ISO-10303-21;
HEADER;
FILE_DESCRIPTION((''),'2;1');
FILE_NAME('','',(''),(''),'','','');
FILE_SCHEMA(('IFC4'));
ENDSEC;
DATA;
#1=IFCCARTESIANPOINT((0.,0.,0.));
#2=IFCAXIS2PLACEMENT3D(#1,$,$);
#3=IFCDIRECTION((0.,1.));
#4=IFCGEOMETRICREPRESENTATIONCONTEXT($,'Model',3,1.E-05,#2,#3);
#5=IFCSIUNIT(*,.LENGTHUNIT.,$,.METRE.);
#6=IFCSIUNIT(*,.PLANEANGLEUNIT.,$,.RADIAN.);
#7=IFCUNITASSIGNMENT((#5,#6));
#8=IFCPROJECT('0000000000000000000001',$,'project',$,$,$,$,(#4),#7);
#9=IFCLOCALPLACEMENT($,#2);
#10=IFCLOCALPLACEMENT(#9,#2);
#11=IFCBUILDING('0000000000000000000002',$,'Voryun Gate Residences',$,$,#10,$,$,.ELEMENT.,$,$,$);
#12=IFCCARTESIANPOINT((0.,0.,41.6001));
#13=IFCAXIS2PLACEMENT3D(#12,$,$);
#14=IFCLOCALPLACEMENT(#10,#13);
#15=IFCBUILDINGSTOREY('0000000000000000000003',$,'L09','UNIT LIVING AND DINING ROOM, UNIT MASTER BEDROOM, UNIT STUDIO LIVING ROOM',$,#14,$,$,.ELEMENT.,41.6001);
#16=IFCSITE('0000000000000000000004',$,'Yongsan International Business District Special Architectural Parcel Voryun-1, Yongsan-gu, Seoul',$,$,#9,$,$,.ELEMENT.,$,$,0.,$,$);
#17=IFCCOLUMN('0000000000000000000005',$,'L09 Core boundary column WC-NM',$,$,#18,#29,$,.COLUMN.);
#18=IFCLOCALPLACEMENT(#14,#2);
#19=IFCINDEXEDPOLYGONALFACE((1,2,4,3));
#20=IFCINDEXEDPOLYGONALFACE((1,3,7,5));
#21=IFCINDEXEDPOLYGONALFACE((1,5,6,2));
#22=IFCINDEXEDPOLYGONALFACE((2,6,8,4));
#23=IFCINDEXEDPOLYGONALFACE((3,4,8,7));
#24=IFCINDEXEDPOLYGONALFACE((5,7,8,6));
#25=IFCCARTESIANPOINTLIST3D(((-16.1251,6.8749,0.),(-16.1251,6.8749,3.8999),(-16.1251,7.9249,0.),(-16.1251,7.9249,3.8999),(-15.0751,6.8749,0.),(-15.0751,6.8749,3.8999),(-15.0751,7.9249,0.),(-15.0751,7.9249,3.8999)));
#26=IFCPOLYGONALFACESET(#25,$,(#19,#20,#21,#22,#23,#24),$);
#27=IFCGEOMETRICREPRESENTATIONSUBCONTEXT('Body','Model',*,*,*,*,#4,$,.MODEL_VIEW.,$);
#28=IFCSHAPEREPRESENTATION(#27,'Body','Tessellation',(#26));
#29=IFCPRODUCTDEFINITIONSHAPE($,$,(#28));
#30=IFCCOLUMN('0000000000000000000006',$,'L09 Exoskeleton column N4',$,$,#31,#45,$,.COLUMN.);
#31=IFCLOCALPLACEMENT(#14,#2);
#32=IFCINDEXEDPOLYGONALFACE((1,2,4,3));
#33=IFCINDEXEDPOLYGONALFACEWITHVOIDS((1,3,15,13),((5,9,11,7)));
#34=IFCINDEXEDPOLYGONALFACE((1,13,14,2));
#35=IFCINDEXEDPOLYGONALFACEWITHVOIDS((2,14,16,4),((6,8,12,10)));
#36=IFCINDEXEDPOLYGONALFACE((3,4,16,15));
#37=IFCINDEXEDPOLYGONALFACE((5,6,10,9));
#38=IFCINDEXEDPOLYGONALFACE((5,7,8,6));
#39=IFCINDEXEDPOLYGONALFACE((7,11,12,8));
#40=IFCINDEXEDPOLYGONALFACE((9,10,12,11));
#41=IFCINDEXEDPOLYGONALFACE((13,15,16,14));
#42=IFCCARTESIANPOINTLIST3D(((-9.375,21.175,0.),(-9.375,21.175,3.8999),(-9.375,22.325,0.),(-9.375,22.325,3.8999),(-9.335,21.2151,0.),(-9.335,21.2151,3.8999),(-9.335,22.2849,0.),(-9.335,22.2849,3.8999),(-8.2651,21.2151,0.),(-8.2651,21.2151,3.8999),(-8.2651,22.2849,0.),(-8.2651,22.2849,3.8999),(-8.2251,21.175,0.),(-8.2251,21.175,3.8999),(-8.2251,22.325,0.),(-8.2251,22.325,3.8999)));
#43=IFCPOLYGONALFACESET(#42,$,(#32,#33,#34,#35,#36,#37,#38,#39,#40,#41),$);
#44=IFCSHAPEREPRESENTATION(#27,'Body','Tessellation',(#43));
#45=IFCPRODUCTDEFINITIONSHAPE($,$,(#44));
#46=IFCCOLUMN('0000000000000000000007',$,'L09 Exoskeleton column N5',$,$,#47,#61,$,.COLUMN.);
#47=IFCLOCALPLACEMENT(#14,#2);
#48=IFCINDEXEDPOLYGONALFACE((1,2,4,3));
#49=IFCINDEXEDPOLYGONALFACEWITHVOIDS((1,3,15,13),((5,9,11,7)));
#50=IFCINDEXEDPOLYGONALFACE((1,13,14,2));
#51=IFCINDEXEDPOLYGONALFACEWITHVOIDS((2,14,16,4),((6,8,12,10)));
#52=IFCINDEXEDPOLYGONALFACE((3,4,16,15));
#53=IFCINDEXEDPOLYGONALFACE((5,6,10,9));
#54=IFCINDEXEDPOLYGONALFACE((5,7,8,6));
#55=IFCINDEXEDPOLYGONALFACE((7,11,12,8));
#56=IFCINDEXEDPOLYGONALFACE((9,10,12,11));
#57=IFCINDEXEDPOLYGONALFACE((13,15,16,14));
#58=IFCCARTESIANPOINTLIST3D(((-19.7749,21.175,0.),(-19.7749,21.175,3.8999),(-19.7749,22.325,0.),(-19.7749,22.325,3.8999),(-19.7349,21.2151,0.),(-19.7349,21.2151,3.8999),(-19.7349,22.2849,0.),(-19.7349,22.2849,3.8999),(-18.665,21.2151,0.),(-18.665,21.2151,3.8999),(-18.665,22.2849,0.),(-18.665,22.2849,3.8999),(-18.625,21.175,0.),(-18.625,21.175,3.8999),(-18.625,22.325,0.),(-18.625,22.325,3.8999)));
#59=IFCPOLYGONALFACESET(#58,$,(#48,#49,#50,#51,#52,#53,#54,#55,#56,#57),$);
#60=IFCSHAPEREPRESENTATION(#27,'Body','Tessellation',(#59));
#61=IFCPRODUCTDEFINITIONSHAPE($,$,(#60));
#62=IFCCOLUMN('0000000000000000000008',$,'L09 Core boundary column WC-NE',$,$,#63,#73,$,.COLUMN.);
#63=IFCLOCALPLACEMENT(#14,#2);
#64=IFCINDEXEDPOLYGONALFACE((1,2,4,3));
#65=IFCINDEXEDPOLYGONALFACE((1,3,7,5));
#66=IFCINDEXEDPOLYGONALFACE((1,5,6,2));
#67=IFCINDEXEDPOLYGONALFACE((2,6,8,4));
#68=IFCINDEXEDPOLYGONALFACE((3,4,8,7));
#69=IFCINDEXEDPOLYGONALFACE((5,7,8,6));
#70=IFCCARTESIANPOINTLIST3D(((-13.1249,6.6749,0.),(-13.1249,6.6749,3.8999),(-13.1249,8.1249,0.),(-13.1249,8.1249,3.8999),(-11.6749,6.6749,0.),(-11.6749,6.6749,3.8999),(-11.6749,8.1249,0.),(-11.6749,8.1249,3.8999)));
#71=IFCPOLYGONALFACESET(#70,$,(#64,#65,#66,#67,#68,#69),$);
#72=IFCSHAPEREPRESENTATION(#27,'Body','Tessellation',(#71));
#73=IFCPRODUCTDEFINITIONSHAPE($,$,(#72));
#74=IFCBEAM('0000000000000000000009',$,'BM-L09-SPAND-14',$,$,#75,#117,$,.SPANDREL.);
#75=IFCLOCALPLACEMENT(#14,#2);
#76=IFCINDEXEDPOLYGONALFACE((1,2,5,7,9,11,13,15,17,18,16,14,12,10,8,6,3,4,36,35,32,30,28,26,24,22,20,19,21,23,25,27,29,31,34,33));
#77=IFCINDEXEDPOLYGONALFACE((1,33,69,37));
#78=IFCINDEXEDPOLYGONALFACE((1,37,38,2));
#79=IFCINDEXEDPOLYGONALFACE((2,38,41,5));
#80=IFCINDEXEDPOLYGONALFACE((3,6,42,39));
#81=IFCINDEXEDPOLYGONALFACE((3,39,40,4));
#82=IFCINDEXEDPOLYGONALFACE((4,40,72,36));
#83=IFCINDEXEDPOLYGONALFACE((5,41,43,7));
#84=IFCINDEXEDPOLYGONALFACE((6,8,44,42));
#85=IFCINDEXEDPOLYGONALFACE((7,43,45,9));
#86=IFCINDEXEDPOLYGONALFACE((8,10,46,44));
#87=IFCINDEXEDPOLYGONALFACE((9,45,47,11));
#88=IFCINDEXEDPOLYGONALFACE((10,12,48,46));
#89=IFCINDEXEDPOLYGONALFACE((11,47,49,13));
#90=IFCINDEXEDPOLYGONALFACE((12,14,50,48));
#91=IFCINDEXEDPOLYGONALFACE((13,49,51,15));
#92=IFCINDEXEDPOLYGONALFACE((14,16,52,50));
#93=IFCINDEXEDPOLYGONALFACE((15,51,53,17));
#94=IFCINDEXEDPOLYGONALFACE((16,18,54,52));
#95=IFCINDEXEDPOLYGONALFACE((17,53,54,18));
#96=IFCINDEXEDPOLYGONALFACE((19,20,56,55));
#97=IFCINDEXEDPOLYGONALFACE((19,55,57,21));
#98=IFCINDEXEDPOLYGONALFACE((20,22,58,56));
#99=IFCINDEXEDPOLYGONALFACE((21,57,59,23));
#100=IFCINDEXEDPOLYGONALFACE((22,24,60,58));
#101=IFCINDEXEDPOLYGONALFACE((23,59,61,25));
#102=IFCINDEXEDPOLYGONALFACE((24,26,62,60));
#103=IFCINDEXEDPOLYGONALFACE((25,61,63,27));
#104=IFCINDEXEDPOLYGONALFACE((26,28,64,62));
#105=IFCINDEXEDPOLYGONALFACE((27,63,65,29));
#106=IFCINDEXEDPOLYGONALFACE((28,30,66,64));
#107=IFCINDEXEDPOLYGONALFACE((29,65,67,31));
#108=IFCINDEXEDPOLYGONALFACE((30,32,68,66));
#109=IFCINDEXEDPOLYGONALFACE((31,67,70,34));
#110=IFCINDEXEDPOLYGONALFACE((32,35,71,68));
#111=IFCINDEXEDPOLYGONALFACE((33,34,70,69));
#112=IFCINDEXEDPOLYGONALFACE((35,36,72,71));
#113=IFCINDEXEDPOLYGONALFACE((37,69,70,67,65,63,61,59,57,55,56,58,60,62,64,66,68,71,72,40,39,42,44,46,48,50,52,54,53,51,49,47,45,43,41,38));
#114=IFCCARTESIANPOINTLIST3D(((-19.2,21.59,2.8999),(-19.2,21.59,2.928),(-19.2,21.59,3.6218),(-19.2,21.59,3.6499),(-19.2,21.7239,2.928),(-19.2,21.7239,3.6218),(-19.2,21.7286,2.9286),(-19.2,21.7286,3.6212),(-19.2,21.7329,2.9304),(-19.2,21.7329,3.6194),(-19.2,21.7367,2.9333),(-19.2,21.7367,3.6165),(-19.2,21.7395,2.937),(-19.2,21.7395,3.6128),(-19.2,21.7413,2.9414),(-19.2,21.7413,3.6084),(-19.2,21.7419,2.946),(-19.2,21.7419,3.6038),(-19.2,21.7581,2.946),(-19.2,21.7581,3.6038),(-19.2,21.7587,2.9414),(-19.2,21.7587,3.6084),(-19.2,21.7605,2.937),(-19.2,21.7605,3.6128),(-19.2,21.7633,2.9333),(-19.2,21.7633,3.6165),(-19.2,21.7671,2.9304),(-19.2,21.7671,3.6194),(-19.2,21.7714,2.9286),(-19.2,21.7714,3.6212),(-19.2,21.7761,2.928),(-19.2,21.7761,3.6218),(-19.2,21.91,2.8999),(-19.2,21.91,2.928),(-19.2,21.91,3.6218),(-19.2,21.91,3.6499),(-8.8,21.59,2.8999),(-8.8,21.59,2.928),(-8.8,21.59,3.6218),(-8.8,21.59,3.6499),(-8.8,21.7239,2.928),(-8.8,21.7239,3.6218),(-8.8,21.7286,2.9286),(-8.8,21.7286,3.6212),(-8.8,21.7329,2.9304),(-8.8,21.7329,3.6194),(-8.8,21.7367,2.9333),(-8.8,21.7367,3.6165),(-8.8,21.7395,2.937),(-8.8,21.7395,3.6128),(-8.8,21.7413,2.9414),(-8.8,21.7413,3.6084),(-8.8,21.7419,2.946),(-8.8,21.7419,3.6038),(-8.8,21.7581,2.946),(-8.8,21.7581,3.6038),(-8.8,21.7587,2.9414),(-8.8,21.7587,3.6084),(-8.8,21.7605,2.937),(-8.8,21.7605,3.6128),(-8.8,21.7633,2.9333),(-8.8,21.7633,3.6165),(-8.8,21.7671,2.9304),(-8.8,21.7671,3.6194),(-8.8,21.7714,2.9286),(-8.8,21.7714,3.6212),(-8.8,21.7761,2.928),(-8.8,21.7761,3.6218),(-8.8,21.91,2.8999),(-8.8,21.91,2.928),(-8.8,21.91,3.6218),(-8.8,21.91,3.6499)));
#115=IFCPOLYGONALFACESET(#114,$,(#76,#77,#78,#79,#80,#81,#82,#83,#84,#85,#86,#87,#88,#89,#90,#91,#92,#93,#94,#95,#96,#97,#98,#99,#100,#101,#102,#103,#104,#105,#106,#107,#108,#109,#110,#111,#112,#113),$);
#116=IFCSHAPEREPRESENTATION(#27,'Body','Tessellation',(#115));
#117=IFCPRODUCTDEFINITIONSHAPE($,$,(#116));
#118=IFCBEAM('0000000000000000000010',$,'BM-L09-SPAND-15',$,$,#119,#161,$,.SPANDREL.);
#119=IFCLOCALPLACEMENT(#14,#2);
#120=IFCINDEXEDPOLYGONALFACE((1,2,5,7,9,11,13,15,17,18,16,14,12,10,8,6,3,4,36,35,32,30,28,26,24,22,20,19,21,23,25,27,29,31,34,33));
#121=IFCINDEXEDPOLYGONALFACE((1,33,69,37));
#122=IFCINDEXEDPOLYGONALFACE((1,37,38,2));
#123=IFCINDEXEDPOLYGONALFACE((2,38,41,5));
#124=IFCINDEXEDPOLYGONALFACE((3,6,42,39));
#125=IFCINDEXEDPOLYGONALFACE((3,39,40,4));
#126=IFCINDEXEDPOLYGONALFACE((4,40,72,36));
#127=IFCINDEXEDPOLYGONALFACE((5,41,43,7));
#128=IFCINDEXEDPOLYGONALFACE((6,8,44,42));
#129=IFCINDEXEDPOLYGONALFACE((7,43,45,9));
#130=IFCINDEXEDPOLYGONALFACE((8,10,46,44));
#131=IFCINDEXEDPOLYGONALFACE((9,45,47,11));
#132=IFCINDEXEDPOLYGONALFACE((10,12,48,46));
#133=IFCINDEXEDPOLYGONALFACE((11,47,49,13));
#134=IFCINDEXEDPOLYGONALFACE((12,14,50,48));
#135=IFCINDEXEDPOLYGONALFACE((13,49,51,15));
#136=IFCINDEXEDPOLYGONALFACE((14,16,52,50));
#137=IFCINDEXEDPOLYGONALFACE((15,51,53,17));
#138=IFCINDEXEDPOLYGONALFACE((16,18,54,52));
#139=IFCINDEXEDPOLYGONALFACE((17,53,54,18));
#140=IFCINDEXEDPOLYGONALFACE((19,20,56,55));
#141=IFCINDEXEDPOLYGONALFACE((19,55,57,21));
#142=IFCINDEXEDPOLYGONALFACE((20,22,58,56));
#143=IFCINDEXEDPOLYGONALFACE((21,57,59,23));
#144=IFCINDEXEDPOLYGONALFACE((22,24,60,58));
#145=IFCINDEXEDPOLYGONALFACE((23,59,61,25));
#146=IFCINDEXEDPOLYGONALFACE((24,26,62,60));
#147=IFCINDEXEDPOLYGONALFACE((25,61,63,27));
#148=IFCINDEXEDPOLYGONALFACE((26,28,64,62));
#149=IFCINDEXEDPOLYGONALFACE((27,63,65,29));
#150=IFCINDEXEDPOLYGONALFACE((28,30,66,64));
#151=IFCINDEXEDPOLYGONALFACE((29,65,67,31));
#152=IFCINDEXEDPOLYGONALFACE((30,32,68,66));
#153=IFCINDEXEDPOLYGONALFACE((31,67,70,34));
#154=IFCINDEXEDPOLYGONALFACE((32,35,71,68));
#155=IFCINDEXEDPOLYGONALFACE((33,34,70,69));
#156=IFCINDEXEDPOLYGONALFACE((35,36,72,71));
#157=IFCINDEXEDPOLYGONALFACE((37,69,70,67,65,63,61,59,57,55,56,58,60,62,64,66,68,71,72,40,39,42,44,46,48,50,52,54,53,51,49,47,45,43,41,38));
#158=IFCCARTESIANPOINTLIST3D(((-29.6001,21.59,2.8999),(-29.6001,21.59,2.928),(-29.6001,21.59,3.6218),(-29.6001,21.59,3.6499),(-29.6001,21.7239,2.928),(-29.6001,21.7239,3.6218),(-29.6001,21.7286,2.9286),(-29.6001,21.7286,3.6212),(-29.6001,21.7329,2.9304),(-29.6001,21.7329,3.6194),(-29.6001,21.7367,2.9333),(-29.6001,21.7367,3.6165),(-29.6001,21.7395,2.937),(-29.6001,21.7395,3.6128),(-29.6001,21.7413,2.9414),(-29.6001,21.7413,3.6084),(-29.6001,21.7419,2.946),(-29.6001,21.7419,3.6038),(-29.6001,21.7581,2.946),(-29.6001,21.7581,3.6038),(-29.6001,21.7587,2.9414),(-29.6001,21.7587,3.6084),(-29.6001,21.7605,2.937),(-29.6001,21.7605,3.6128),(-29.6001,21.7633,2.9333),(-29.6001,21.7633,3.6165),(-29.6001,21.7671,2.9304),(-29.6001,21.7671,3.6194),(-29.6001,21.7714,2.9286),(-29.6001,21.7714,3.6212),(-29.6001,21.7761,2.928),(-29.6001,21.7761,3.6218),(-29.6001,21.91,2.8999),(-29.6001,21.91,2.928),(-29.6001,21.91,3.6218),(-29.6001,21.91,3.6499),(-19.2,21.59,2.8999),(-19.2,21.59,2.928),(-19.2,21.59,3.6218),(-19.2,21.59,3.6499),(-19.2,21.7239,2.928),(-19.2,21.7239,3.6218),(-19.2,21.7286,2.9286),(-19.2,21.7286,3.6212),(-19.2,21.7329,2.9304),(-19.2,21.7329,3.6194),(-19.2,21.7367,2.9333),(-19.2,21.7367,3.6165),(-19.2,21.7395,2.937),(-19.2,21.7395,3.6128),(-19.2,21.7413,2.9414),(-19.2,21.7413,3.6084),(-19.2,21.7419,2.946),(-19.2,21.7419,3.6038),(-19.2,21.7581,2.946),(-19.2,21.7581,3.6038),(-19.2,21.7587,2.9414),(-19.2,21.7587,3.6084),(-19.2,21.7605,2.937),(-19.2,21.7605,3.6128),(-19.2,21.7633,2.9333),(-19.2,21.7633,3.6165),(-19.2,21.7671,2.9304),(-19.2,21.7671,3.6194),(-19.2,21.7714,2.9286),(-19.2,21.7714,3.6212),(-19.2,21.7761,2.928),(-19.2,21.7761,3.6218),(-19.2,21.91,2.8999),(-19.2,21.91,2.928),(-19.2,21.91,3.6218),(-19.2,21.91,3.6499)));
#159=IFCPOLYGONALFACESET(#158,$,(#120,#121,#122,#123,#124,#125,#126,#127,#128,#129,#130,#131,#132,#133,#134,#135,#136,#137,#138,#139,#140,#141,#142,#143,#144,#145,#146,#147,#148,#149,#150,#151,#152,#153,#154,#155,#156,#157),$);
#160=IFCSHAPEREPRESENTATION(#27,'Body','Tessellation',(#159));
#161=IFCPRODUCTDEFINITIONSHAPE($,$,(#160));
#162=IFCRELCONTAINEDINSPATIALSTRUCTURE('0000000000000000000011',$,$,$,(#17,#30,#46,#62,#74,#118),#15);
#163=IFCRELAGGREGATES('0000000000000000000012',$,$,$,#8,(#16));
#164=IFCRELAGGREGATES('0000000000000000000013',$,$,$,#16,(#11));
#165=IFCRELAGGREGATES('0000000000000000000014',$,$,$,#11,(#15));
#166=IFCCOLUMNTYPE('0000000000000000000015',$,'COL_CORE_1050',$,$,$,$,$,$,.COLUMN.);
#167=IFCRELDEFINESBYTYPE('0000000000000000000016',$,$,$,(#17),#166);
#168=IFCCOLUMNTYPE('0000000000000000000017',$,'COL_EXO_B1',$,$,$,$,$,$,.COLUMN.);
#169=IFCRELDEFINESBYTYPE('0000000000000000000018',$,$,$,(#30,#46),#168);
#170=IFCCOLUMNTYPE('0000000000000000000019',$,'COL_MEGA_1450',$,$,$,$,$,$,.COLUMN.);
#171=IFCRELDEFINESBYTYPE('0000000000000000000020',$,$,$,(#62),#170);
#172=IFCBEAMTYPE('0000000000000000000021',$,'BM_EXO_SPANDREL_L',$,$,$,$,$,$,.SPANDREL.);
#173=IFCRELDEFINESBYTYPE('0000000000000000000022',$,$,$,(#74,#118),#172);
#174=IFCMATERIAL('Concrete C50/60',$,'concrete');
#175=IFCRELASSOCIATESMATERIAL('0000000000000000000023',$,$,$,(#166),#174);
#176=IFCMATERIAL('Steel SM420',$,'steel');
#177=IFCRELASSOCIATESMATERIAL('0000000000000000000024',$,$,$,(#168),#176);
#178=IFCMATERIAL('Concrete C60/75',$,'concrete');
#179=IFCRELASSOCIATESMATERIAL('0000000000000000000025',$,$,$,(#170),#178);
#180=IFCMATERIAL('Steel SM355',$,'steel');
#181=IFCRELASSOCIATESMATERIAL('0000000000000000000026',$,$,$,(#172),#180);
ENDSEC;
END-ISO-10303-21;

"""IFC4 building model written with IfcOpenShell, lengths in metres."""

from ifc_helpers import new_model, si_unit, direction, frame, origin, origin_2d, place, context, subcontext, project, spatial, rectangle, hollow_rectangle, i_section, extrude, material, material_profile, profile_set, type_object, element, save


model = new_model("IFC4")

# Units and contexts
model_context = context("Model", 3, precision=1e-05, world=origin(), true_north=direction((0.0, 1.0)))
body_context = subcontext(model_context, "Body", "Model", "MODEL_VIEW")
ifc_project = project(units=[si_unit("LENGTHUNIT", "METRE"), si_unit("PLANEANGLEUNIT", "RADIAN")], contexts=[model_context])

# Site, building, storey
site_placement = place(None, origin())
site = spatial("IfcSite", under=ifc_project, at=site_placement, Name="Yongsan International Business District Special Architectural Parcel Voryun-1, Yongsan-gu, Seoul", CompositionType="ELEMENT", RefElevation=0.0)
building_placement = place(site_placement, origin())
building = spatial("IfcBuilding", under=site, at=building_placement, Name="Voryun Gate Residences", CompositionType="ELEMENT")
storey_placement = place(building_placement, frame((0.0, 0.0, 41.6001)))
storey = spatial("IfcBuildingStorey", under=building, at=storey_placement, Name="L09", Description="UNIT LIVING AND DINING ROOM, UNIT MASTER BEDROOM, UNIT STUDIO LIVING ROOM", CompositionType="ELEMENT", Elevation=41.6001)

# Columns
ifc_material_1 = material(Name="Concrete C50/60", Category="concrete")
ifc_material_profile_1 = material_profile(ifc_material_1, rectangle(XDim=1.05, YDim=1.05, at=origin_2d()), Name="RC-1050x1050")
ifc_profile_set_1 = profile_set([ifc_material_profile_1], Name="Concrete C50/60")
column_type_1 = type_object("IfcColumnType", Name="COL_CORE_1050", PredefinedType="COLUMN", material=ifc_profile_set_1)
column_1_placement = place(storey_placement, frame((-15.6001, 7.3999, 0.0), z_axis=(0.0, 0.0, 1.0), x_axis=(1.0, 0.0, 0.0)))
element("IfcColumn", 1, at=column_1_placement, inside=storey, type_object=column_type_1, Name="L09 Core boundary column WC-NM", PredefinedType="COLUMN", context=body_context, shape_type="SweptSolid", body=[
    extrude(rectangle(XDim=1.05, YDim=1.05, at=origin_2d()), origin(), (0.0, 0.0, 1.0), 3.8999),
])
ifc_material_2 = material(Name="Steel SM420", Category="steel")
ifc_material_profile_2 = material_profile(ifc_material_2, hollow_rectangle(XDim=1.1499, YDim=1.1499, WallThickness=0.04, at=origin_2d()), Name="BOX-1150x1150x40")
ifc_profile_set_2 = profile_set([ifc_material_profile_2], Name="Steel SM420")
column_type_2 = type_object("IfcColumnType", Name="COL_EXO_B1", PredefinedType="COLUMN", material=ifc_profile_set_2)
for number, where, z_axis, x_axis, name in (
    (2, (-8.8, 21.75, 0.0), (0.0, 0.0, 1.0), (1.0, 0.0, 0.0), "L09 Exoskeleton column N4"),
    (3, (-19.2, 21.75, 0.0), (0.0, 0.0, 1.0), (1.0, 0.0, 0.0), "L09 Exoskeleton column N5"),
):
    element("IfcColumn", number, at=place(storey_placement, frame(where, z_axis=z_axis, x_axis=x_axis)), inside=storey, type_object=column_type_2, Name=name, PredefinedType="COLUMN", context=body_context, shape_type="SweptSolid", body=[
        extrude(hollow_rectangle(XDim=1.1499, YDim=1.1499, WallThickness=0.04, at=origin_2d()), origin(), (0.0, 0.0, 1.0), 3.8999),
    ])
ifc_material_3 = material(Name="Concrete C60/75", Category="concrete")
ifc_material_profile_3 = material_profile(ifc_material_3, rectangle(XDim=1.45, YDim=1.45, at=origin_2d()), Name="RC-1450x1450")
ifc_profile_set_3 = profile_set([ifc_material_profile_3], Name="Concrete C60/75")
column_type_3 = type_object("IfcColumnType", Name="COL_MEGA_1450", PredefinedType="COLUMN", material=ifc_profile_set_3)
column_2_placement = place(storey_placement, frame((-12.3999, 7.3999, 0.0), z_axis=(0.0, 0.0, 1.0), x_axis=(1.0, 0.0, 0.0)))
element("IfcColumn", 4, at=column_2_placement, inside=storey, type_object=column_type_3, Name="L09 Core boundary column WC-NE", PredefinedType="COLUMN", context=body_context, shape_type="SweptSolid", body=[
    extrude(rectangle(XDim=1.45, YDim=1.45, at=origin_2d()), origin(), (0.0, 0.0, 1.0), 3.8999),
])

# Beams
ifc_material_4 = material(Name="Steel SM355", Category="steel")
ifc_material_profile_4 = material_profile(ifc_material_4, i_section(OverallWidth=0.3201, OverallDepth=0.75, WebThickness=0.0161, FlangeThickness=0.0281, FilletRadius=0.0181, at=origin_2d()), Name="H-750x320x16x28")
ifc_profile_set_4 = profile_set([ifc_material_profile_4], Name="Steel SM355")
beam_type_1 = type_object("IfcBeamType", Name="BM_EXO_SPANDREL_L", PredefinedType="SPANDREL", material=ifc_profile_set_4)
beam_1_placement = place(storey_placement, frame((-8.8, 21.75, 3.2749), z_axis=(-1.0, 0.0, 0.0), x_axis=(0.0, -1.0, 0.0)))
element("IfcBeam", 5, at=beam_1_placement, inside=storey, type_object=beam_type_1, Name="BM-L09-SPAND-14", PredefinedType="SPANDREL", context=body_context, shape_type="SweptSolid", body=[
    extrude(i_section(OverallWidth=0.3201, OverallDepth=0.75, WebThickness=0.0161, FlangeThickness=0.0281, FilletRadius=0.0181, at=origin_2d()), origin(), (0.0, 0.0, 1.0), 10.3999),
])
beam_2_placement = place(storey_placement, frame((-19.2, 21.75, 3.2749), z_axis=(-1.0, 0.0, 0.0), x_axis=(0.0, -1.0, 0.0)))
element("IfcBeam", 6, at=beam_2_placement, inside=storey, type_object=beam_type_1, Name="BM-L09-SPAND-15", PredefinedType="SPANDREL", context=body_context, shape_type="SweptSolid", body=[
    extrude(i_section(OverallWidth=0.3201, OverallDepth=0.75, WebThickness=0.0161, FlangeThickness=0.0281, FilletRadius=0.0181, at=origin_2d()), origin(), (0.0, 0.0, 1.0), 10.4001),
])

save(model, "model.ifc")
